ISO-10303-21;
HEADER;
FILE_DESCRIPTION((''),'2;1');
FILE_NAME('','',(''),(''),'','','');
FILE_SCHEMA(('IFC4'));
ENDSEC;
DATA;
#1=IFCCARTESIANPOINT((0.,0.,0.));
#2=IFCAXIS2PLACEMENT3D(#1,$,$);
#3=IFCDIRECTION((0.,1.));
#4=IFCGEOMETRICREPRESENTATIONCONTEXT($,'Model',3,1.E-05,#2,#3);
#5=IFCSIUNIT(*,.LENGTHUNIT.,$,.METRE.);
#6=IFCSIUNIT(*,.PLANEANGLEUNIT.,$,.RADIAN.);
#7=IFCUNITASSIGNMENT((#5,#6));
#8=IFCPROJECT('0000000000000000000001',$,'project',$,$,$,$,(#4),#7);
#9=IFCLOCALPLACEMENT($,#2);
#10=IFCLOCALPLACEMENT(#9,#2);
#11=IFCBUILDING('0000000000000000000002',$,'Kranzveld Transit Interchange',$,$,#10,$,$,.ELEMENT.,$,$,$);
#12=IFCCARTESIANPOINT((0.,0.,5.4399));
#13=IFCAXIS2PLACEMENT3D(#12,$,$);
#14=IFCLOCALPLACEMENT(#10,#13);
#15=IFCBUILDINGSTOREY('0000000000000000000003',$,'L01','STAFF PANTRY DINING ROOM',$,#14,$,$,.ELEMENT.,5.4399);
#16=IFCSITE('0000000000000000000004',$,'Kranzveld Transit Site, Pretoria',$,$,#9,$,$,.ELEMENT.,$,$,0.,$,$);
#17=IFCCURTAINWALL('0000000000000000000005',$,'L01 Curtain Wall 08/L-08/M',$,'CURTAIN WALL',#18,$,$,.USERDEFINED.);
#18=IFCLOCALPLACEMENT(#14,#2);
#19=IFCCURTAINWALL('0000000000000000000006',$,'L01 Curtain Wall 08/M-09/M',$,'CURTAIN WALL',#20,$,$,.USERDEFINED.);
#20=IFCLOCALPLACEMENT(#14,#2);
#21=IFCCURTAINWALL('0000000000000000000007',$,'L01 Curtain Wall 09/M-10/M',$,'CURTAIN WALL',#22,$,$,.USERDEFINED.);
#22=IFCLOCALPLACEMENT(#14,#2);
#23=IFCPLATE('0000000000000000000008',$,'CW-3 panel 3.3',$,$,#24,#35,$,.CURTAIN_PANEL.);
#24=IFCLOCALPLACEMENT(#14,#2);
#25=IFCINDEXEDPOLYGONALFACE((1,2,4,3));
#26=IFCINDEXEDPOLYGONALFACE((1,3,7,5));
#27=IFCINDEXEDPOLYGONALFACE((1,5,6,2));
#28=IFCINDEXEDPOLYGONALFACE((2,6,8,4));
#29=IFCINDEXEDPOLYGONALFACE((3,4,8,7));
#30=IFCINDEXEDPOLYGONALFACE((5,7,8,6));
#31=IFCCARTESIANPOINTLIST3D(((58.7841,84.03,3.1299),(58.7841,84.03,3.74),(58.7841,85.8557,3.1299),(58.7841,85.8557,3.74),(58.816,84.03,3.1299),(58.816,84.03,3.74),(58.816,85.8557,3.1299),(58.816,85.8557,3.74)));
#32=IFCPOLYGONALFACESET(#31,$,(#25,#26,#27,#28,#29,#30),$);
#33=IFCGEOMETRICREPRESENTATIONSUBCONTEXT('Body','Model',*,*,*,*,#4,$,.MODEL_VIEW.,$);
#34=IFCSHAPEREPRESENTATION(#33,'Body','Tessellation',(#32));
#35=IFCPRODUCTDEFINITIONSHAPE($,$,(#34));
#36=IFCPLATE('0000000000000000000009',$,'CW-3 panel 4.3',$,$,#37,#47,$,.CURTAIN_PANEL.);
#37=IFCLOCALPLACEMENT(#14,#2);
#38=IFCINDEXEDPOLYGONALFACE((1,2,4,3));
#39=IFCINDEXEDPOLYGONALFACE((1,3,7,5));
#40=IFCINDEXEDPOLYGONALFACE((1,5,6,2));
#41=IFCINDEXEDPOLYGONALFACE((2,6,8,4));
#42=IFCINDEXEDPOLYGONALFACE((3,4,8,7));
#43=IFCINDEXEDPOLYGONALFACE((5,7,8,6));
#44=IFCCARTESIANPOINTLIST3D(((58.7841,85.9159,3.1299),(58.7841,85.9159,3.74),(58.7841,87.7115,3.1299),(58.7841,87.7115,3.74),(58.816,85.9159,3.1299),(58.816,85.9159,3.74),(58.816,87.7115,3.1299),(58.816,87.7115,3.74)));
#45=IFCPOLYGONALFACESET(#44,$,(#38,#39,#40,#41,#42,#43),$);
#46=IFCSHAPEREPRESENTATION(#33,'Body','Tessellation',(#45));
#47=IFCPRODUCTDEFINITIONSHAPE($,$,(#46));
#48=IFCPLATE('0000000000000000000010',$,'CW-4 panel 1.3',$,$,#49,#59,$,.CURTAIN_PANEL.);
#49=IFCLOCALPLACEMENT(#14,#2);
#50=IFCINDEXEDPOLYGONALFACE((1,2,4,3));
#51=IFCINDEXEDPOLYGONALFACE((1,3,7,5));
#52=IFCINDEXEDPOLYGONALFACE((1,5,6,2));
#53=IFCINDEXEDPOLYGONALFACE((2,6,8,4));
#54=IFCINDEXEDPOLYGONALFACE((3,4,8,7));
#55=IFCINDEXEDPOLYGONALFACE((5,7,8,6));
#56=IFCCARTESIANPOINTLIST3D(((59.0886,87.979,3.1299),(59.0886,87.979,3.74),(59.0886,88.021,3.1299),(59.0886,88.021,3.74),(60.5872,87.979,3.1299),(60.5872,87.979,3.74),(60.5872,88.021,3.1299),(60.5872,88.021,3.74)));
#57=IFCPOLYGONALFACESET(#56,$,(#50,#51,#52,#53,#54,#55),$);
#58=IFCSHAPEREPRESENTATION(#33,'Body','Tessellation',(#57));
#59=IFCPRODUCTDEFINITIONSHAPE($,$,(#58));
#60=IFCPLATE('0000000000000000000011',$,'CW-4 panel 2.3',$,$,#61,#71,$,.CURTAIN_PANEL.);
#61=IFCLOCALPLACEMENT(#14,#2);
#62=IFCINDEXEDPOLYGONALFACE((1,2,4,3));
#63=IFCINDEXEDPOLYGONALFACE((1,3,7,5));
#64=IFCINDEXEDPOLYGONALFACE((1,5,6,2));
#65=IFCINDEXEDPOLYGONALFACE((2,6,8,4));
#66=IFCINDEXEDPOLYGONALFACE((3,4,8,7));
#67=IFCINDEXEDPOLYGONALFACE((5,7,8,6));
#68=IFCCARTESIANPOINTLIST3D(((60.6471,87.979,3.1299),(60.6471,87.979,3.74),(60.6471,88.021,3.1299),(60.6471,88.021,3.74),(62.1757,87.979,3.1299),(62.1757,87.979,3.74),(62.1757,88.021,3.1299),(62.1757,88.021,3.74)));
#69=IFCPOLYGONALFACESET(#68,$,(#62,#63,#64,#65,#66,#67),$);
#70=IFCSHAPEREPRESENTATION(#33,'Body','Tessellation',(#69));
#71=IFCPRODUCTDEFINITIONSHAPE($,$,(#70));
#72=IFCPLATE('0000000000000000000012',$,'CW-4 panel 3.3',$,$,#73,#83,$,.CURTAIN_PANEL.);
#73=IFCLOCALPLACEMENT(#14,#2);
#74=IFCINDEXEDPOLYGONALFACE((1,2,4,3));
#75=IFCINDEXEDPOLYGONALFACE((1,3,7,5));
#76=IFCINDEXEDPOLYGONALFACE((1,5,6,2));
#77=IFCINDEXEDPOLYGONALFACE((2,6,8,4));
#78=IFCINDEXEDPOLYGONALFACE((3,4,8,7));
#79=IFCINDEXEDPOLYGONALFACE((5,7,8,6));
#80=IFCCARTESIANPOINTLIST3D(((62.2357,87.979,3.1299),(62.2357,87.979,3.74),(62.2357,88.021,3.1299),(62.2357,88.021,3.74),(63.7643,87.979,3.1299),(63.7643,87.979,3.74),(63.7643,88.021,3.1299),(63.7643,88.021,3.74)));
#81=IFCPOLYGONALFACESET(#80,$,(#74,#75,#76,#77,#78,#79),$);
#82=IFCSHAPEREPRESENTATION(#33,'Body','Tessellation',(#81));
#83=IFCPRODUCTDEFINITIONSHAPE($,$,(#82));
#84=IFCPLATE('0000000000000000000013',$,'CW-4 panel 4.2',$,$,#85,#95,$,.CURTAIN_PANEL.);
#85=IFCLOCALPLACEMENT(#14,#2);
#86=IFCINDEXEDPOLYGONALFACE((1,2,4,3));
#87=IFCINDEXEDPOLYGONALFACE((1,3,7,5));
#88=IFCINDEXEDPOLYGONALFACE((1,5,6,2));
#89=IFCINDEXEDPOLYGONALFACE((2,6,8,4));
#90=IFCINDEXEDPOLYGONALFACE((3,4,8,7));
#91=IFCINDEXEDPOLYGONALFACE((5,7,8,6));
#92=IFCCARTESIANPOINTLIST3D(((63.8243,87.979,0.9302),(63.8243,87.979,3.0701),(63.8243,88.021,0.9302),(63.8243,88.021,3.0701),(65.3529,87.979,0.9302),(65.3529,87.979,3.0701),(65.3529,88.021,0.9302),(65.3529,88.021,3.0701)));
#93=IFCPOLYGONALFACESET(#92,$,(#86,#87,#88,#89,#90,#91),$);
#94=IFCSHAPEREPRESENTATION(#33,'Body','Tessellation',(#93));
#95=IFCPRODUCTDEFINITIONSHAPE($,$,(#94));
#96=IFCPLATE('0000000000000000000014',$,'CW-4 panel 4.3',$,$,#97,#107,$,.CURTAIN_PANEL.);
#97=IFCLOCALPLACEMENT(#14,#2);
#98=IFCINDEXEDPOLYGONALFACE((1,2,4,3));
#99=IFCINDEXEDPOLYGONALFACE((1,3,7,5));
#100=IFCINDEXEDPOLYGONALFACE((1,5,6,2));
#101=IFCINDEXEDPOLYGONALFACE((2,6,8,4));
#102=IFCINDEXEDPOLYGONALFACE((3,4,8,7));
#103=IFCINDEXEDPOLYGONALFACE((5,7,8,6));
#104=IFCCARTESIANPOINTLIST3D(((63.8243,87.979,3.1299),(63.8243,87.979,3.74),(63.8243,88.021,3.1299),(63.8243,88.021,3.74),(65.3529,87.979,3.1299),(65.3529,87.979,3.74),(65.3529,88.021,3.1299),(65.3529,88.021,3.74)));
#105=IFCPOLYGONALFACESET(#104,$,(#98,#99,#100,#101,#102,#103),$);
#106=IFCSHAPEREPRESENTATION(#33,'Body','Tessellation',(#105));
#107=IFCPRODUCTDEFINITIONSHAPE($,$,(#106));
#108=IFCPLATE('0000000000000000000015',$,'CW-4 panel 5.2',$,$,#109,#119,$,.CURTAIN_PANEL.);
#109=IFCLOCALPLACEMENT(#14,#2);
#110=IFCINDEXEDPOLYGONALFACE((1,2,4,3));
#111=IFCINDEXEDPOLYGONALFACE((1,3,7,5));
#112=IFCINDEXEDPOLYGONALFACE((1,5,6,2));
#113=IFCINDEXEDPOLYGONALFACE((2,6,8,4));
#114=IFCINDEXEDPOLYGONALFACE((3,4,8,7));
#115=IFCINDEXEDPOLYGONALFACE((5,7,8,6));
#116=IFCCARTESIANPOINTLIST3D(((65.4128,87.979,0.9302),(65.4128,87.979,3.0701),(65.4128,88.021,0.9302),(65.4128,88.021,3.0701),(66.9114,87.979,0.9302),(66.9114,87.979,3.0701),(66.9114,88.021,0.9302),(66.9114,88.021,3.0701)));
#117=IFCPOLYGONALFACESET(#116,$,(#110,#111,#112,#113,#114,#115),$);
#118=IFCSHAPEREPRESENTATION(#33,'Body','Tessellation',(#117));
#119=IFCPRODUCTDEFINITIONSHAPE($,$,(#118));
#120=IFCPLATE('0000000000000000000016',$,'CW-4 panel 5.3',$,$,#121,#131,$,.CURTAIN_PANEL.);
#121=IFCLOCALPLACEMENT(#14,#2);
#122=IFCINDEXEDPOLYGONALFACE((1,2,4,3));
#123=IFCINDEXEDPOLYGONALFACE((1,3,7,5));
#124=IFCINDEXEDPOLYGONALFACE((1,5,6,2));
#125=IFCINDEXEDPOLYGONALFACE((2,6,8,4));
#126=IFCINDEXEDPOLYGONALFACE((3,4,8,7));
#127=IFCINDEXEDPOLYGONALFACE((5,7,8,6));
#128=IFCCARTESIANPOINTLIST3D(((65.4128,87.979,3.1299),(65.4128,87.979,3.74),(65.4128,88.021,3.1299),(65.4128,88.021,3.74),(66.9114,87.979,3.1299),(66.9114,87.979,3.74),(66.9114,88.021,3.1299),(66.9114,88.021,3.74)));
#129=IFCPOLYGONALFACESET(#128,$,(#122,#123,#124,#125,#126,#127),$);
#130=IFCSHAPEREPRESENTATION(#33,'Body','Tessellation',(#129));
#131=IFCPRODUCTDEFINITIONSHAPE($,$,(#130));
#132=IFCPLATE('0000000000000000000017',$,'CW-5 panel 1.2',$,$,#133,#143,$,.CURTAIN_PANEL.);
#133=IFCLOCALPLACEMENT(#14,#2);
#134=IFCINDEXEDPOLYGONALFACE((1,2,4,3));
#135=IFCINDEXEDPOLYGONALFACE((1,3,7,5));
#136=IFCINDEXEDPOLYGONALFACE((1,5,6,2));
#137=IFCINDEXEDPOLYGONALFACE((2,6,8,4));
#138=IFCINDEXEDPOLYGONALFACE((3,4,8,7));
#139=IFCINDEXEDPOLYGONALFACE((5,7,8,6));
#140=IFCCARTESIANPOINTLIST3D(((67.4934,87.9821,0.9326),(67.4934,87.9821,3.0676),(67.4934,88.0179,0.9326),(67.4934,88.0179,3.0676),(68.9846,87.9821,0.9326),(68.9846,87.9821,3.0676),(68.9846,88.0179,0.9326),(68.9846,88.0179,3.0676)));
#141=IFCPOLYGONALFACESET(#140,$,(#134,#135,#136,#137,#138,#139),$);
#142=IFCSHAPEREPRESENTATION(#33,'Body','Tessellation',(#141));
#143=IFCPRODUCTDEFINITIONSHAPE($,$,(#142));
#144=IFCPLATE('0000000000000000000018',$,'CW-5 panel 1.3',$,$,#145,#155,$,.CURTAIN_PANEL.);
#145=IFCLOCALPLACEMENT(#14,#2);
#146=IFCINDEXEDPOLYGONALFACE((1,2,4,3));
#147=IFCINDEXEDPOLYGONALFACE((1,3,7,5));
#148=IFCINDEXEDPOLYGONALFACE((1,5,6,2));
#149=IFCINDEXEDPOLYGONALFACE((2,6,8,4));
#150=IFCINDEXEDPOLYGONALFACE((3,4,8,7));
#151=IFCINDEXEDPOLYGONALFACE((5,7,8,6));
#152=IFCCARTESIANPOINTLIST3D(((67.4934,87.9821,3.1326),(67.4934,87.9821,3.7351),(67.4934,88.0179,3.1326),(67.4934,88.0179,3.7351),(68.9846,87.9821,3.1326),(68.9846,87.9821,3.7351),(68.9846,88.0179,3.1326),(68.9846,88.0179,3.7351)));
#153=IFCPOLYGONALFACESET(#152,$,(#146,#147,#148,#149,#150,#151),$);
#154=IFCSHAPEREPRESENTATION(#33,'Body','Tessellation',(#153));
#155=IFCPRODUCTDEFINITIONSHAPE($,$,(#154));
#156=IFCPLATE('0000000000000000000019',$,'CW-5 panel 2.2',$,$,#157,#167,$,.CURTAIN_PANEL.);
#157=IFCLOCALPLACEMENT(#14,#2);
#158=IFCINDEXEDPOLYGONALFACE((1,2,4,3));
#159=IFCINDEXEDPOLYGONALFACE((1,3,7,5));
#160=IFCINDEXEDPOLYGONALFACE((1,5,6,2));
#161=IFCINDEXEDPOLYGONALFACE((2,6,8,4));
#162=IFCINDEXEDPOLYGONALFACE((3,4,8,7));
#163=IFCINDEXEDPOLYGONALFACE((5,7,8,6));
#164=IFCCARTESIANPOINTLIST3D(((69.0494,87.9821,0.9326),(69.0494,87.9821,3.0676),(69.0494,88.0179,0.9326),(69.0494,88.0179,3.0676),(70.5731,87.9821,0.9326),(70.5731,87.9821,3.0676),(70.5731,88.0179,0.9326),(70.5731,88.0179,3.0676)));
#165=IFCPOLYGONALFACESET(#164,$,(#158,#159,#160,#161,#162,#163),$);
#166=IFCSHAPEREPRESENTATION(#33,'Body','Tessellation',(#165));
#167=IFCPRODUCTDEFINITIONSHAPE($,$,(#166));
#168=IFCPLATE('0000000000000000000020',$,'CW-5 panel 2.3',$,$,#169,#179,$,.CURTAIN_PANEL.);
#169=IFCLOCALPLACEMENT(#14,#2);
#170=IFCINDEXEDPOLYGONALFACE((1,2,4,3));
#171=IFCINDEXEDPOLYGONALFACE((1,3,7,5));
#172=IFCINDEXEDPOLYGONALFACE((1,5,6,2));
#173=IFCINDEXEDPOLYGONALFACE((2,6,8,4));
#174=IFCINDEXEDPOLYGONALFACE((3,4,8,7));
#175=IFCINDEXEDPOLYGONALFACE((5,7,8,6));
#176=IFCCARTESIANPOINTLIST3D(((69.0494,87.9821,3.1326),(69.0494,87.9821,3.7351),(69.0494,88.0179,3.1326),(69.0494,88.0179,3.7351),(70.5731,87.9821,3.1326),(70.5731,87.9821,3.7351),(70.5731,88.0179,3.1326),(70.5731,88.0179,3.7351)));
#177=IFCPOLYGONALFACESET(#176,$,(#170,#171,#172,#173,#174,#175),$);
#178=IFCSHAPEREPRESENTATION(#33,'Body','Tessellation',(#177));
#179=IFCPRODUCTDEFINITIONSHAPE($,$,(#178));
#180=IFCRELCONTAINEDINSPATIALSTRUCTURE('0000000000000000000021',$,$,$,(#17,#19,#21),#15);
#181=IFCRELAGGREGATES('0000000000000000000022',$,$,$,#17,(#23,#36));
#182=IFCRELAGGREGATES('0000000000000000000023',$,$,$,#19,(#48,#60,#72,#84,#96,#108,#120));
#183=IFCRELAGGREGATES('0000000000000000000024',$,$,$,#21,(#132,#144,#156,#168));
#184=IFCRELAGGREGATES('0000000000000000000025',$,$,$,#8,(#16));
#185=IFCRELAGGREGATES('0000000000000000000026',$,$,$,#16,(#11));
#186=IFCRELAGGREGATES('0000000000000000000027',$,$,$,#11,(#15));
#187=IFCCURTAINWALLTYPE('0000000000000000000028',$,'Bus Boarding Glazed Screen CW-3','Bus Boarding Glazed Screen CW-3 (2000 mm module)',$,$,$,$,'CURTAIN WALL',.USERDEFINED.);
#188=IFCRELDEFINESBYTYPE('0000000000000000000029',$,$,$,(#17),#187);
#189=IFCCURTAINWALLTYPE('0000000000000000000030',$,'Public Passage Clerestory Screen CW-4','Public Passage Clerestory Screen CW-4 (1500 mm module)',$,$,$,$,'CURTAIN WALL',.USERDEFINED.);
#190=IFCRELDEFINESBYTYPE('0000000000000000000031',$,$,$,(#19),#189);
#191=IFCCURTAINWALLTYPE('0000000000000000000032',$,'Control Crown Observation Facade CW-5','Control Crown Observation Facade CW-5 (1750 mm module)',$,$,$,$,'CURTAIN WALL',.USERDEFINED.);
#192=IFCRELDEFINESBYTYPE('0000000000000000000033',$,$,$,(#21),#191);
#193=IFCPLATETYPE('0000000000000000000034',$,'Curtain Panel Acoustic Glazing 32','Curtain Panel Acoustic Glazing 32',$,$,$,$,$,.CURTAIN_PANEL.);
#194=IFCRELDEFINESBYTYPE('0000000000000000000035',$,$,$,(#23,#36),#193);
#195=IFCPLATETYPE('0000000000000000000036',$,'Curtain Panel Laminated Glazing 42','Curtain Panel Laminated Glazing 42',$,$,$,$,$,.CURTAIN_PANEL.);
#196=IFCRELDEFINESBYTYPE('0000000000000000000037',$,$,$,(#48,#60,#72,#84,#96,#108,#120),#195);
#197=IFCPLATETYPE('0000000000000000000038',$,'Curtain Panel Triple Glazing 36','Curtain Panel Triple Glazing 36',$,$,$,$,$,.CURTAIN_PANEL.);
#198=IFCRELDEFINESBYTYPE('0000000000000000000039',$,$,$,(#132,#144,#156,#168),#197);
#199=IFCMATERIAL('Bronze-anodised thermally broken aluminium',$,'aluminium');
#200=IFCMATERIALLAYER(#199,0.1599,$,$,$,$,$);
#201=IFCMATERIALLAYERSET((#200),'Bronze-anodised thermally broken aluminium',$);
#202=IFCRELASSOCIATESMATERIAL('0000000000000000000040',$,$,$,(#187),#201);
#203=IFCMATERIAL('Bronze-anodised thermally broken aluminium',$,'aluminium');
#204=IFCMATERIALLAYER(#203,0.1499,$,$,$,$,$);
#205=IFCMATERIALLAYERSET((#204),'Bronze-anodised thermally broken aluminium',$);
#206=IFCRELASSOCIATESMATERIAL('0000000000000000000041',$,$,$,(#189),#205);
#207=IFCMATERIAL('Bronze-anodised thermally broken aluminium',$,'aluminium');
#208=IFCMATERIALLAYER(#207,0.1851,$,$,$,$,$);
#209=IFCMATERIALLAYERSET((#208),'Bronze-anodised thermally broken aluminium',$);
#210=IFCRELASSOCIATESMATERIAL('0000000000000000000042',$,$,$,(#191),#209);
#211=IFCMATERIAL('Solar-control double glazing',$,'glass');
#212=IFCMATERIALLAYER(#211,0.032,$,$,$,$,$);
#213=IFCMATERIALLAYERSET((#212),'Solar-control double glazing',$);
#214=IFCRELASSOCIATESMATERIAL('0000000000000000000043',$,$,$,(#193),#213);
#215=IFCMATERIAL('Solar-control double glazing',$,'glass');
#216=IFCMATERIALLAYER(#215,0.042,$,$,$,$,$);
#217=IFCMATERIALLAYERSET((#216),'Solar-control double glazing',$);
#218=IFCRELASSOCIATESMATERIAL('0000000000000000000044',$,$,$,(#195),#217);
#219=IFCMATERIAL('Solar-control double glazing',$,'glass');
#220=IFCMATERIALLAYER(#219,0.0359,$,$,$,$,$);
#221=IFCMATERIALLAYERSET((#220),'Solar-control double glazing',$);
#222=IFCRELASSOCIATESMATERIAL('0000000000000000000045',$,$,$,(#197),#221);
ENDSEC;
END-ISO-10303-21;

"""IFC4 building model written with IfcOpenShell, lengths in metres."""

from ifc_helpers import new_model, si_unit, direction, frame, origin, origin_2d, place, context, subcontext, project, spatial, rectangle, extrude, material, layer, layer_set, type_object, element, aggregate, save


model = new_model("IFC4")

# Units and contexts
model_context = context("Model", 3, precision=1e-05, world=origin(), true_north=direction((0.0, 1.0)))
body_context = subcontext(model_context, "Body", "Model", "MODEL_VIEW")
ifc_project = project(units=[si_unit("LENGTHUNIT", "METRE"), si_unit("PLANEANGLEUNIT", "RADIAN")], contexts=[model_context])

# Site, building, storey
site_placement = place(None, origin())
site = spatial("IfcSite", under=ifc_project, at=site_placement, Name="Kranzveld Transit Site, Pretoria", CompositionType="ELEMENT", RefElevation=0.0)
building_placement = place(site_placement, origin())
building = spatial("IfcBuilding", under=site, at=building_placement, Name="Kranzveld Transit Interchange", CompositionType="ELEMENT")
storey_placement = place(building_placement, frame((0.0, 0.0, 5.4399)))
storey = spatial("IfcBuildingStorey", under=building, at=storey_placement, Name="L01", Description="STAFF PANTRY DINING ROOM", CompositionType="ELEMENT", Elevation=5.4399)

# Curtain walls
ifc_material_1 = material(Name="Bronze-anodised thermally broken aluminium", Category="aluminium")
ifc_layer_1 = layer(ifc_material_1, 0.1599)
ifc_layer_set_1 = layer_set([ifc_layer_1], Name="Bronze-anodised thermally broken aluminium")
curtain_wall_type_1 = type_object("IfcCurtainWallType", Name="Bus Boarding Glazed Screen CW-3", Description="Bus Boarding Glazed Screen CW-3 (2000 mm module)", ElementType="CURTAIN WALL", PredefinedType="USERDEFINED", material=ifc_layer_set_1)
curtain_wall_1_placement = place(storey_placement, origin())
curtain_wall_1 = element("IfcCurtainWall", 1, at=curtain_wall_1_placement, inside=storey, type_object=curtain_wall_type_1, Name="L01 Curtain Wall 08/L-08/M", ObjectType="CURTAIN WALL", PredefinedType="USERDEFINED")
ifc_material_2 = material(Name="Bronze-anodised thermally broken aluminium", Category="aluminium")
ifc_layer_2 = layer(ifc_material_2, 0.1499)
ifc_layer_set_2 = layer_set([ifc_layer_2], Name="Bronze-anodised thermally broken aluminium")
curtain_wall_type_2 = type_object("IfcCurtainWallType", Name="Public Passage Clerestory Screen CW-4", Description="Public Passage Clerestory Screen CW-4 (1500 mm module)", ElementType="CURTAIN WALL", PredefinedType="USERDEFINED", material=ifc_layer_set_2)
curtain_wall_2_placement = place(storey_placement, origin())
curtain_wall_2 = element("IfcCurtainWall", 2, at=curtain_wall_2_placement, inside=storey, type_object=curtain_wall_type_2, Name="L01 Curtain Wall 08/M-09/M", ObjectType="CURTAIN WALL", PredefinedType="USERDEFINED")
ifc_material_3 = material(Name="Bronze-anodised thermally broken aluminium", Category="aluminium")
ifc_layer_3 = layer(ifc_material_3, 0.1851)
ifc_layer_set_3 = layer_set([ifc_layer_3], Name="Bronze-anodised thermally broken aluminium")
curtain_wall_type_3 = type_object("IfcCurtainWallType", Name="Control Crown Observation Facade CW-5", Description="Control Crown Observation Facade CW-5 (1750 mm module)", ElementType="CURTAIN WALL", PredefinedType="USERDEFINED", material=ifc_layer_set_3)
curtain_wall_3_placement = place(storey_placement, origin())
curtain_wall_3 = element("IfcCurtainWall", 3, at=curtain_wall_3_placement, inside=storey, type_object=curtain_wall_type_3, Name="L01 Curtain Wall 09/M-10/M", ObjectType="CURTAIN WALL", PredefinedType="USERDEFINED")

# Plates
ifc_material_4 = material(Name="Solar-control double glazing", Category="glass")
ifc_layer_4 = layer(ifc_material_4, 0.032)
ifc_layer_set_4 = layer_set([ifc_layer_4], Name="Solar-control double glazing")
plate_type_1 = type_object("IfcPlateType", Name="Curtain Panel Acoustic Glazing 32", Description="Curtain Panel Acoustic Glazing 32", PredefinedType="CURTAIN_PANEL", material=ifc_layer_set_4)
plate_1_placement = place(storey_placement, frame((58.8, 84.9429, 3.1299), z_axis=(0.0, 0.0, 1.0), x_axis=(0.0, 1.0, 0.0)))
plate_1 = element("IfcPlate", 4, at=plate_1_placement, type_object=plate_type_1, Name="CW-3 panel 3.3", PredefinedType="CURTAIN_PANEL", context=body_context, shape_type="SweptSolid", body=[
    extrude(rectangle(XDim=1.8257, YDim=0.032, at=origin_2d()), origin(), (0.0, 0.0, 1.0), 0.6101),
])
plate_2_placement = place(storey_placement, frame((58.8, 86.8137, 3.1299), z_axis=(0.0, 0.0, 1.0), x_axis=(0.0, 1.0, 0.0)))
plate_2 = element("IfcPlate", 5, at=plate_2_placement, type_object=plate_type_1, Name="CW-3 panel 4.3", PredefinedType="CURTAIN_PANEL", context=body_context, shape_type="SweptSolid", body=[
    extrude(rectangle(XDim=1.7957, YDim=0.032, at=origin_2d()), origin(), (0.0, 0.0, 1.0), 0.6101),
])
aggregate(curtain_wall_1, [plate_1, plate_2])
ifc_material_5 = material(Name="Solar-control double glazing", Category="glass")
ifc_layer_5 = layer(ifc_material_5, 0.042)
ifc_layer_set_5 = layer_set([ifc_layer_5], Name="Solar-control double glazing")
plate_type_2 = type_object("IfcPlateType", Name="Curtain Panel Laminated Glazing 42", Description="Curtain Panel Laminated Glazing 42", PredefinedType="CURTAIN_PANEL", material=ifc_layer_set_5)
plate_3_placement = place(storey_placement, frame((59.8379, 88.0, 3.1299), z_axis=(0.0, 0.0, 1.0), x_axis=(1.0, 0.0, 0.0)))
plate_3 = element("IfcPlate", 6, at=plate_3_placement, type_object=plate_type_2, Name="CW-4 panel 1.3", PredefinedType="CURTAIN_PANEL", context=body_context, shape_type="SweptSolid", body=[
    extrude(rectangle(XDim=1.4985, YDim=0.042, at=origin_2d()), origin(), (0.0, 0.0, 1.0), 0.6101),
])
plate_4_placement = place(storey_placement, frame((61.4114, 88.0, 3.1299), z_axis=(0.0, 0.0, 1.0), x_axis=(1.0, 0.0, 0.0)))
plate_4 = element("IfcPlate", 7, at=plate_4_placement, type_object=plate_type_2, Name="CW-4 panel 2.3", PredefinedType="CURTAIN_PANEL", context=body_context, shape_type="SweptSolid", body=[
    extrude(rectangle(XDim=1.5286, YDim=0.042, at=origin_2d()), origin(), (0.0, 0.0, 1.0), 0.6101),
])
plate_5_placement = place(storey_placement, frame((63.0, 88.0, 3.1299), z_axis=(0.0, 0.0, 1.0), x_axis=(1.0, 0.0, 0.0)))
plate_5 = element("IfcPlate", 8, at=plate_5_placement, type_object=plate_type_2, Name="CW-4 panel 3.3", PredefinedType="CURTAIN_PANEL", context=body_context, shape_type="SweptSolid", body=[
    extrude(rectangle(XDim=1.5286, YDim=0.042, at=origin_2d()), origin(), (0.0, 0.0, 1.0), 0.6101),
])
plate_6_placement = place(storey_placement, frame((64.5886, 88.0, 0.9302), z_axis=(0.0, 0.0, 1.0), x_axis=(1.0, 0.0, 0.0)))
plate_6 = element("IfcPlate", 9, at=plate_6_placement, type_object=plate_type_2, Name="CW-4 panel 4.2", PredefinedType="CURTAIN_PANEL", context=body_context, shape_type="SweptSolid", body=[
    extrude(rectangle(XDim=1.5286, YDim=0.042, at=origin_2d()), origin(), (0.0, 0.0, 1.0), 2.1399),
])
plate_7_placement = place(storey_placement, frame((64.5886, 88.0, 3.1299), z_axis=(0.0, 0.0, 1.0), x_axis=(1.0, 0.0, 0.0)))
plate_7 = element("IfcPlate", 10, at=plate_7_placement, type_object=plate_type_2, Name="CW-4 panel 4.3", PredefinedType="CURTAIN_PANEL", context=body_context, shape_type="SweptSolid", body=[
    extrude(rectangle(XDim=1.5286, YDim=0.042, at=origin_2d()), origin(), (0.0, 0.0, 1.0), 0.6101),
])
plate_8_placement = place(storey_placement, frame((66.1621, 88.0, 0.9302), z_axis=(0.0, 0.0, 1.0), x_axis=(1.0, 0.0, 0.0)))
plate_8 = element("IfcPlate", 11, at=plate_8_placement, type_object=plate_type_2, Name="CW-4 panel 5.2", PredefinedType="CURTAIN_PANEL", context=body_context, shape_type="SweptSolid", body=[
    extrude(rectangle(XDim=1.4985, YDim=0.042, at=origin_2d()), origin(), (0.0, 0.0, 1.0), 2.1399),
])
plate_9_placement = place(storey_placement, frame((66.1621, 88.0, 3.1299), z_axis=(0.0, 0.0, 1.0), x_axis=(1.0, 0.0, 0.0)))
plate_9 = element("IfcPlate", 12, at=plate_9_placement, type_object=plate_type_2, Name="CW-4 panel 5.3", PredefinedType="CURTAIN_PANEL", context=body_context, shape_type="SweptSolid", body=[
    extrude(rectangle(XDim=1.4985, YDim=0.042, at=origin_2d()), origin(), (0.0, 0.0, 1.0), 0.6101),
])
aggregate(curtain_wall_2, [plate_3, plate_4, plate_5, plate_6, plate_7, plate_8, plate_9])
ifc_material_6 = material(Name="Solar-control double glazing", Category="glass")
ifc_layer_6 = layer(ifc_material_6, 0.0359)
ifc_layer_set_6 = layer_set([ifc_layer_6], Name="Solar-control double glazing")
plate_type_3 = type_object("IfcPlateType", Name="Curtain Panel Triple Glazing 36", Description="Curtain Panel Triple Glazing 36", PredefinedType="CURTAIN_PANEL", material=ifc_layer_set_6)
plate_10_placement = place(storey_placement, frame((68.239, 88.0, 0.9326), z_axis=(0.0, 0.0, 1.0), x_axis=(1.0, 0.0, 0.0)))
plate_10 = element("IfcPlate", 13, at=plate_10_placement, type_object=plate_type_3, Name="CW-5 panel 1.2", PredefinedType="CURTAIN_PANEL", context=body_context, shape_type="SweptSolid", body=[
    extrude(rectangle(XDim=1.4912, YDim=0.0359, at=origin_2d()), origin(), (0.0, 0.0, 1.0), 2.135),
])
plate_11_placement = place(storey_placement, frame((68.239, 88.0, 3.1326), z_axis=(0.0, 0.0, 1.0), x_axis=(1.0, 0.0, 0.0)))
plate_11 = element("IfcPlate", 14, at=plate_11_placement, type_object=plate_type_3, Name="CW-5 panel 1.3", PredefinedType="CURTAIN_PANEL", context=body_context, shape_type="SweptSolid", body=[
    extrude(rectangle(XDim=1.4912, YDim=0.0359, at=origin_2d()), origin(), (0.0, 0.0, 1.0), 0.6025),
])
plate_12_placement = place(storey_placement, frame((69.8113, 88.0, 0.9326), z_axis=(0.0, 0.0, 1.0), x_axis=(1.0, 0.0, 0.0)))
plate_12 = element("IfcPlate", 15, at=plate_12_placement, type_object=plate_type_3, Name="CW-5 panel 2.2", PredefinedType="CURTAIN_PANEL", context=body_context, shape_type="SweptSolid", body=[
    extrude(rectangle(XDim=1.5237, YDim=0.0359, at=origin_2d()), origin(), (0.0, 0.0, 1.0), 2.135),
])
plate_13_placement = place(storey_placement, frame((69.8113, 88.0, 3.1326), z_axis=(0.0, 0.0, 1.0), x_axis=(1.0, 0.0, 0.0)))
plate_13 = element("IfcPlate", 16, at=plate_13_placement, type_object=plate_type_3, Name="CW-5 panel 2.3", PredefinedType="CURTAIN_PANEL", context=body_context, shape_type="SweptSolid", body=[
    extrude(rectangle(XDim=1.5237, YDim=0.0359, at=origin_2d()), origin(), (0.0, 0.0, 1.0), 0.6025),
])
aggregate(curtain_wall_3, [plate_10, plate_11, plate_12, plate_13])

save(model, "model.ifc")
